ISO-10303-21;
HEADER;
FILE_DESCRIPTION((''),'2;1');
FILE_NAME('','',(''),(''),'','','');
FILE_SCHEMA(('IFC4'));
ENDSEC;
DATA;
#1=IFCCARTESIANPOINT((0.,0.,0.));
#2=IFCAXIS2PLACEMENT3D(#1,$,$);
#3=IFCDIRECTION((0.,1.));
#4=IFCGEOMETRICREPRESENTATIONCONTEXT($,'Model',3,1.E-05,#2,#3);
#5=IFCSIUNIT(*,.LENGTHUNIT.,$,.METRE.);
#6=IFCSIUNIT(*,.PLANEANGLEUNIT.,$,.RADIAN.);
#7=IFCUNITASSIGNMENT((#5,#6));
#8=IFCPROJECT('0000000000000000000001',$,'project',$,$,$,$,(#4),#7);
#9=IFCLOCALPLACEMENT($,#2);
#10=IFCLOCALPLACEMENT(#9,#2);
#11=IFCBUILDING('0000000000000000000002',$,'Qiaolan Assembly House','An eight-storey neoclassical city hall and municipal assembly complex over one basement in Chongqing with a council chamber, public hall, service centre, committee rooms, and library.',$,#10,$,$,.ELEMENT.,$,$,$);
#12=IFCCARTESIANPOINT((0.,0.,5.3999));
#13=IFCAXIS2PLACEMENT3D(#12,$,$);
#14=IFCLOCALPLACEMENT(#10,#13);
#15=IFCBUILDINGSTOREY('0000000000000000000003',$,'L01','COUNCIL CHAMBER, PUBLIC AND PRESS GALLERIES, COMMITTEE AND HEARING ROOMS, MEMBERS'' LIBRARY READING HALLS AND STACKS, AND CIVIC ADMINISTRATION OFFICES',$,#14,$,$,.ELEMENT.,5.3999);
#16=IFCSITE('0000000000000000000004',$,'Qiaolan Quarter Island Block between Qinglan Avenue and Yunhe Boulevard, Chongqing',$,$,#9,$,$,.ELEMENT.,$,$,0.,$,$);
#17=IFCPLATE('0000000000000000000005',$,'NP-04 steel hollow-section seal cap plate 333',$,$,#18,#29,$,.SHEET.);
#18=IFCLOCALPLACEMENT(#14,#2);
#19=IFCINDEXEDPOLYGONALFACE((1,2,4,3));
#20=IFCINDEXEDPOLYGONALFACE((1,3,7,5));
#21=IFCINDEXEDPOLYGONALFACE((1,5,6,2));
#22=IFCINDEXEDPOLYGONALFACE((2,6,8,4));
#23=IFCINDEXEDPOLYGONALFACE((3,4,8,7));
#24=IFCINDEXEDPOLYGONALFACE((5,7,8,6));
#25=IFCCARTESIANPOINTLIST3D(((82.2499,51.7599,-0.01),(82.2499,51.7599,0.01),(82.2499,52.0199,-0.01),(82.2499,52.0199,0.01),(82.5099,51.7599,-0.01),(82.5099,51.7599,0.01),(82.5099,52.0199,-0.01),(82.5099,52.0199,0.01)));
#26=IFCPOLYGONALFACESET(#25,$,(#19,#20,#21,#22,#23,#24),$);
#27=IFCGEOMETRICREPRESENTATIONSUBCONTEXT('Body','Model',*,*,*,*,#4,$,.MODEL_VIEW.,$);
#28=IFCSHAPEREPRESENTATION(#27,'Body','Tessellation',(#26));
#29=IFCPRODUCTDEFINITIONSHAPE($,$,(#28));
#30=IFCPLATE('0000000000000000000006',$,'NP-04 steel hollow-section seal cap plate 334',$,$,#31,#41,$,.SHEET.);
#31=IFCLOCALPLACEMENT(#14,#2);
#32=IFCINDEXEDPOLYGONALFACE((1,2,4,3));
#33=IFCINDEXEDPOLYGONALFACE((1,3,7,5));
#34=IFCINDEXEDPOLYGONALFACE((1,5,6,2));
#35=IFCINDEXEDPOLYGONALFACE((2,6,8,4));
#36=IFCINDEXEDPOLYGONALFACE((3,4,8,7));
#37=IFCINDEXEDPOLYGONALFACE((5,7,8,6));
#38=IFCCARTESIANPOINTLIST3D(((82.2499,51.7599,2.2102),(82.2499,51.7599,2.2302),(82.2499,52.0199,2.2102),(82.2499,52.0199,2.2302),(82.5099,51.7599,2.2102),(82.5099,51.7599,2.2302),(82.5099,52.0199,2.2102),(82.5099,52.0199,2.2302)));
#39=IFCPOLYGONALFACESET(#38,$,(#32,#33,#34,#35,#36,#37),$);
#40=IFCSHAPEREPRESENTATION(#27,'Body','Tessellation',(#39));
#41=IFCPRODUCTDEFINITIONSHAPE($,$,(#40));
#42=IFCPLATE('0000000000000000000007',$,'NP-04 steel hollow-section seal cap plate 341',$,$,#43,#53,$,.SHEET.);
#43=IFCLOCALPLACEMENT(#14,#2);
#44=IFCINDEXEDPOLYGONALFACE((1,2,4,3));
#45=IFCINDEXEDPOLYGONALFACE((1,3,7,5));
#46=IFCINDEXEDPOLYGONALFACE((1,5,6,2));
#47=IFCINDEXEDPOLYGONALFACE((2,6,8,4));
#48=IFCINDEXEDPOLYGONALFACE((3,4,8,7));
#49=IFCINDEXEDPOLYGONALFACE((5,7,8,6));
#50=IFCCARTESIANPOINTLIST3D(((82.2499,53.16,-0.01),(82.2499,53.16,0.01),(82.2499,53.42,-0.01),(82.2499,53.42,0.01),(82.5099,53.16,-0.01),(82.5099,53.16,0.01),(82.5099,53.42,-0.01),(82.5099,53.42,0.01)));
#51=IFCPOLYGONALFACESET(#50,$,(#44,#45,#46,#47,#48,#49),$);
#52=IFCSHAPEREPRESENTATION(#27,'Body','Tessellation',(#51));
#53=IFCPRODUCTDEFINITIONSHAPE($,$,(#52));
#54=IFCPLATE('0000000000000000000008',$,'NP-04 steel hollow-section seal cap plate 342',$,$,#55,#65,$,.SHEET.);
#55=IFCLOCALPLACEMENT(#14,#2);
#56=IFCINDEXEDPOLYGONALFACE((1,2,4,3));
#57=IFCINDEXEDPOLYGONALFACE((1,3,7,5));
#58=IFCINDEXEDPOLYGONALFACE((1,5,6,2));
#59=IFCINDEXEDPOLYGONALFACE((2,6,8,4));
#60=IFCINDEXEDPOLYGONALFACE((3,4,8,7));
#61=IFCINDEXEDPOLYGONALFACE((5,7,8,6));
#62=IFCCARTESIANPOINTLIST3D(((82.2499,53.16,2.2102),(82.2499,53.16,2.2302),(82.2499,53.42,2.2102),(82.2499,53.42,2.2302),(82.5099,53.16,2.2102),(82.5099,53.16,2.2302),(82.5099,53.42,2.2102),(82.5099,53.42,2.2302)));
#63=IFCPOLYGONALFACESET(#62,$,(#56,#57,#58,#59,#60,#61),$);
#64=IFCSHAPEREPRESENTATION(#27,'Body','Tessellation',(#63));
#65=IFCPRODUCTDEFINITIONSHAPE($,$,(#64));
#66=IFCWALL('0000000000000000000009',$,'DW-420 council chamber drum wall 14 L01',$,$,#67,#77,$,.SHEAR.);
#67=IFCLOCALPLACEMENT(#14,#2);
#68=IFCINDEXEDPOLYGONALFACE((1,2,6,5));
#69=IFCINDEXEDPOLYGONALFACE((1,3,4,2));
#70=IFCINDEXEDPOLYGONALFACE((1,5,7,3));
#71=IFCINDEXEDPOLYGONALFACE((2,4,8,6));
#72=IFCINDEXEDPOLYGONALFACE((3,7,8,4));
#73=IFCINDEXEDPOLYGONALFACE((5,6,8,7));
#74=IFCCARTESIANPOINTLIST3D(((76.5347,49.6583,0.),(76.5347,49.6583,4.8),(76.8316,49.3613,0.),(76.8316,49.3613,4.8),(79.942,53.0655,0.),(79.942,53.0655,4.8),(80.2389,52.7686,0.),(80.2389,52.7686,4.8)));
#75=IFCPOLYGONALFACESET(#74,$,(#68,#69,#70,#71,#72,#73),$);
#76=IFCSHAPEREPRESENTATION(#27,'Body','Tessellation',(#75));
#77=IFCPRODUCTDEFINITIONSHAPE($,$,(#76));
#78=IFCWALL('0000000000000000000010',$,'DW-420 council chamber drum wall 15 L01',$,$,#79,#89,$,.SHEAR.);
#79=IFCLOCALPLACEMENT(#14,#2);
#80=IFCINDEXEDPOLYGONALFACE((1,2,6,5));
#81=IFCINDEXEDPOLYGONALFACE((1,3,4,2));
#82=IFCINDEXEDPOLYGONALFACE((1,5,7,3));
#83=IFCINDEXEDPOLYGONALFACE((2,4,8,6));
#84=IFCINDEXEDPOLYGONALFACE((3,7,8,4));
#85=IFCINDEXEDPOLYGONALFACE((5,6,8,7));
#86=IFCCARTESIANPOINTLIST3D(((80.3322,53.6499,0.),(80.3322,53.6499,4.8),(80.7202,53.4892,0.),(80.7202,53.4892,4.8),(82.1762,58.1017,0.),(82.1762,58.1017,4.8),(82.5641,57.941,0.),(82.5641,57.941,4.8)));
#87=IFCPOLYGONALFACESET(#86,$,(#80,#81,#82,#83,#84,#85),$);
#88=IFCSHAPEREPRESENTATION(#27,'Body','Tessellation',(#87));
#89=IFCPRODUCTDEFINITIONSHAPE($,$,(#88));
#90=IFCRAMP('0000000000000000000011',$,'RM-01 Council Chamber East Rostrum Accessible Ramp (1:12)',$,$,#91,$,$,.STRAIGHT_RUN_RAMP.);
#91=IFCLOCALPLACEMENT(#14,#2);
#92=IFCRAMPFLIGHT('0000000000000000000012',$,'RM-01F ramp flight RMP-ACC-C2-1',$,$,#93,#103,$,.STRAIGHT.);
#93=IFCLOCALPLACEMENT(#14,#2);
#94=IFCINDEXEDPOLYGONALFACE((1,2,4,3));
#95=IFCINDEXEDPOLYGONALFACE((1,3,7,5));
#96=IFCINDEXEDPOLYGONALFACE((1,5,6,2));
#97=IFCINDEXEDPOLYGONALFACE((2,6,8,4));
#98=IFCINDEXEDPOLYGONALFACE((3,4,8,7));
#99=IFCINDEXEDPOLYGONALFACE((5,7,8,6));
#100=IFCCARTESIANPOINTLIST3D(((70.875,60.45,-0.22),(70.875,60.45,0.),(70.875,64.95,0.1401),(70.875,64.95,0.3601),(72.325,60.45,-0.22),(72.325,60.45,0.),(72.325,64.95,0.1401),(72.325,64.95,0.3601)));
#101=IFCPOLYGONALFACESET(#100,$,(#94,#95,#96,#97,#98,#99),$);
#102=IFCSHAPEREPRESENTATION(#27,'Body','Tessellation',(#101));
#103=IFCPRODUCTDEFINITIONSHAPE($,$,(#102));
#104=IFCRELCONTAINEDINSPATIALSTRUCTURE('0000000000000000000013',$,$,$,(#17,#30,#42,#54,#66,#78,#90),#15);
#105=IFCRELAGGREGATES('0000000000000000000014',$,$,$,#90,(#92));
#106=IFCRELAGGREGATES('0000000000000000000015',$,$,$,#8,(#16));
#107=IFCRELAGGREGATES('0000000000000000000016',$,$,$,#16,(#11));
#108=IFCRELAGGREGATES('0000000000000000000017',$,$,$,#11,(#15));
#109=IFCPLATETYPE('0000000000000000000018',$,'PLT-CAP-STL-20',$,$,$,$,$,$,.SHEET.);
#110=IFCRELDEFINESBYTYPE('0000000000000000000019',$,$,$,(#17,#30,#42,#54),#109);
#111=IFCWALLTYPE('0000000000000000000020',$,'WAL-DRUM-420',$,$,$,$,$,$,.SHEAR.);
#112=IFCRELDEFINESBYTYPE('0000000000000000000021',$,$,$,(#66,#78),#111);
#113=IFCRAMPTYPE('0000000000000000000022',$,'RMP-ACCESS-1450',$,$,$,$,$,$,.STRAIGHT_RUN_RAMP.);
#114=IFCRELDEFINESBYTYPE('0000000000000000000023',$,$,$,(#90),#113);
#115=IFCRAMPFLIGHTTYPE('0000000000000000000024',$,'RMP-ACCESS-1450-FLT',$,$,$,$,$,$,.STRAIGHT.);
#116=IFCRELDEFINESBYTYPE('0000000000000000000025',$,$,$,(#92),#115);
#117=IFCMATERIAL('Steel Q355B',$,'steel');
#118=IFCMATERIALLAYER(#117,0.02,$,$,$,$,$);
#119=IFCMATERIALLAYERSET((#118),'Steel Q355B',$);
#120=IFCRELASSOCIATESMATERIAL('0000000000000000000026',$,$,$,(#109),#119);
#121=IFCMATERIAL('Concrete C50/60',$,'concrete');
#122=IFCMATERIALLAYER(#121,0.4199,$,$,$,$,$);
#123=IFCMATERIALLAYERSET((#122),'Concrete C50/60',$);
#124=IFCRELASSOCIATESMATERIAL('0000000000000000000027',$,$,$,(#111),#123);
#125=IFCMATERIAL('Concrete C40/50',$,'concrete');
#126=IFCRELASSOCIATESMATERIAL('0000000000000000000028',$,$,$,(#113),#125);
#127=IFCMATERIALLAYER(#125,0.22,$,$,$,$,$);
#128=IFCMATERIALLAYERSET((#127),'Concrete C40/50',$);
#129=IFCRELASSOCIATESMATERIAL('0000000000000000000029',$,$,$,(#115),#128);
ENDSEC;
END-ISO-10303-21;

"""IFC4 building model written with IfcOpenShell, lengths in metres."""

from ifc_helpers import new_model, si_unit, direction, frame, frame_2d, origin, origin_2d, place, context, subcontext, project, spatial, polyline, rectangle, outline, extrude, material, layer, layer_set, type_object, element, aggregate, save


model = new_model("IFC4")

# Units and contexts
model_context = context("Model", 3, precision=1e-05, world=origin(), true_north=direction((0.0, 1.0)))
body_context = subcontext(model_context, "Body", "Model", "MODEL_VIEW")
ifc_project = project(units=[si_unit("LENGTHUNIT", "METRE"), si_unit("PLANEANGLEUNIT", "RADIAN")], contexts=[model_context])

# Site, building, storey
site_placement = place(None, origin())
site = spatial("IfcSite", under=ifc_project, at=site_placement, Name="Qiaolan Quarter Island Block between Qinglan Avenue and Yunhe Boulevard, Chongqing", CompositionType="ELEMENT", RefElevation=0.0)
building_placement = place(site_placement, origin())
building = spatial("IfcBuilding", under=site, at=building_placement, Name="Qiaolan Assembly House", Description="An eight-storey neoclassical city hall and municipal assembly complex over one basement in Chongqing with a council chamber, public hall, service centre, committee rooms, and library.", CompositionType="ELEMENT")
storey_placement = place(building_placement, frame((0.0, 0.0, 5.3999)))
storey = spatial("IfcBuildingStorey", under=building, at=storey_placement, Name="L01", Description="COUNCIL CHAMBER, PUBLIC AND PRESS GALLERIES, COMMITTEE AND HEARING ROOMS, MEMBERS' LIBRARY READING HALLS AND STACKS, AND CIVIC ADMINISTRATION OFFICES", CompositionType="ELEMENT", Elevation=5.3999)

# Shared definitions
ifc_material_1 = material(Name="Concrete C50/60", Category="concrete")
ifc_material_2 = material(Name="Steel Q355B", Category="steel")

# Shared definitions
ifc_material_3 = material(Name="Concrete C40/50", Category="concrete")

# Plates
ifc_layer_1 = layer(ifc_material_2, 0.02)
ifc_layer_set_1 = layer_set([ifc_layer_1], Name="Steel Q355B")
plate_type = type_object("IfcPlateType", Name="PLT-CAP-STL-20", PredefinedType="SHEET", material=ifc_layer_set_1)
for number, where, z_axis, x_axis, name in (
    (1, (82.3799, 51.8899, -0.01), (0.0, 0.0, 1.0), (1.0, 0.0, 0.0), "NP-04 steel hollow-section seal cap plate 333"),
    (2, (82.3799, 51.8899, 2.2102), (0.0, 0.0, 1.0), (1.0, 0.0, 0.0), "NP-04 steel hollow-section seal cap plate 334"),
    (3, (82.3799, 53.29, -0.01), (0.0, 0.0, 1.0), (1.0, 0.0, 0.0), "NP-04 steel hollow-section seal cap plate 341"),
    (4, (82.3799, 53.29, 2.2102), (0.0, 0.0, 1.0), (1.0, 0.0, 0.0), "NP-04 steel hollow-section seal cap plate 342"),
):
    element("IfcPlate", number, at=place(storey_placement, frame(where, z_axis=z_axis, x_axis=x_axis)), inside=storey, type_object=plate_type, Name=name, PredefinedType="SHEET", context=body_context, shape_type="SweptSolid", body=[
        extrude(rectangle(XDim=0.26, YDim=0.26, at=origin_2d()), origin(), (0.0, 0.0, 1.0), 0.02),
    ])

# Walls
ifc_layer_2 = layer(ifc_material_1, 0.4199)
ifc_layer_set_2 = layer_set([ifc_layer_2], Name="Concrete C50/60")
wall_type = type_object("IfcWallType", Name="WAL-DRUM-420", PredefinedType="SHEAR", material=ifc_layer_set_2)
for number, where, z_axis, x_axis, name in (
    (5, (80.0903, 52.917, 0.0), (0.0, 0.0, 1.0), (-0.707107, -0.707107, 0.0), "DW-420 council chamber drum wall 14 L01"),
    (6, (82.3701, 58.0212, 0.0), (0.0, 0.0, 1.0), (-0.382675, -0.923883, 0.0), "DW-420 council chamber drum wall 15 L01"),
):
    element("IfcWall", number, at=place(storey_placement, frame(where, z_axis=z_axis, x_axis=x_axis)), inside=storey, type_object=wall_type, Name=name, PredefinedType="SHEAR", context=body_context, shape_type="SweptSolid", body=[
        extrude(rectangle(XDim=4.8186, YDim=0.4199, at=frame_2d((2.4092, 0.0))), origin(), (0.0, 0.0, 1.0), 4.8),
    ])

# Ramp, ramp flight
ramp_type = type_object("IfcRampType", Name="RMP-ACCESS-1450", PredefinedType="STRAIGHT_RUN_RAMP", material=ifc_material_3)
ramp_placement = place(storey_placement, origin())
ramp = element("IfcRamp", 7, at=ramp_placement, inside=storey, type_object=ramp_type, Name="RM-01 Council Chamber East Rostrum Accessible Ramp (1:12)", PredefinedType="STRAIGHT_RUN_RAMP")
ifc_layer_3 = layer(ifc_material_3, 0.22)
ifc_layer_set_3 = layer_set([ifc_layer_3], Name="Concrete C40/50")
ramp_flight_type = type_object("IfcRampFlightType", Name="RMP-ACCESS-1450-FLT", PredefinedType="STRAIGHT", material=ifc_layer_set_3)
ramp_flight_placement = place(storey_placement, frame((71.6001, 60.45, 0.0), z_axis=(0.0, 0.0, 1.0), x_axis=(0.0, 1.0, 0.0)))
ramp_flight = element("IfcRampFlight", 8, at=ramp_flight_placement, type_object=ramp_flight_type, Name="RM-01F ramp flight RMP-ACC-C2-1", PredefinedType="STRAIGHT", context=body_context, shape_type="SweptSolid", body=[
    extrude(outline(polyline([(0.0, -0.22), (0.0, 0.0), (4.5, 0.3601), (4.5, 0.1401), (0.0, -0.22)])), frame((0.0, 0.7251, 0.0), z_axis=(0.0, -1.0, 0.0), x_axis=(1.0, 0.0, 0.0)), (0.0, 0.0, 1.0), 1.45),
])
aggregate(ramp, [ramp_flight])

save(model, "model.ifc")
